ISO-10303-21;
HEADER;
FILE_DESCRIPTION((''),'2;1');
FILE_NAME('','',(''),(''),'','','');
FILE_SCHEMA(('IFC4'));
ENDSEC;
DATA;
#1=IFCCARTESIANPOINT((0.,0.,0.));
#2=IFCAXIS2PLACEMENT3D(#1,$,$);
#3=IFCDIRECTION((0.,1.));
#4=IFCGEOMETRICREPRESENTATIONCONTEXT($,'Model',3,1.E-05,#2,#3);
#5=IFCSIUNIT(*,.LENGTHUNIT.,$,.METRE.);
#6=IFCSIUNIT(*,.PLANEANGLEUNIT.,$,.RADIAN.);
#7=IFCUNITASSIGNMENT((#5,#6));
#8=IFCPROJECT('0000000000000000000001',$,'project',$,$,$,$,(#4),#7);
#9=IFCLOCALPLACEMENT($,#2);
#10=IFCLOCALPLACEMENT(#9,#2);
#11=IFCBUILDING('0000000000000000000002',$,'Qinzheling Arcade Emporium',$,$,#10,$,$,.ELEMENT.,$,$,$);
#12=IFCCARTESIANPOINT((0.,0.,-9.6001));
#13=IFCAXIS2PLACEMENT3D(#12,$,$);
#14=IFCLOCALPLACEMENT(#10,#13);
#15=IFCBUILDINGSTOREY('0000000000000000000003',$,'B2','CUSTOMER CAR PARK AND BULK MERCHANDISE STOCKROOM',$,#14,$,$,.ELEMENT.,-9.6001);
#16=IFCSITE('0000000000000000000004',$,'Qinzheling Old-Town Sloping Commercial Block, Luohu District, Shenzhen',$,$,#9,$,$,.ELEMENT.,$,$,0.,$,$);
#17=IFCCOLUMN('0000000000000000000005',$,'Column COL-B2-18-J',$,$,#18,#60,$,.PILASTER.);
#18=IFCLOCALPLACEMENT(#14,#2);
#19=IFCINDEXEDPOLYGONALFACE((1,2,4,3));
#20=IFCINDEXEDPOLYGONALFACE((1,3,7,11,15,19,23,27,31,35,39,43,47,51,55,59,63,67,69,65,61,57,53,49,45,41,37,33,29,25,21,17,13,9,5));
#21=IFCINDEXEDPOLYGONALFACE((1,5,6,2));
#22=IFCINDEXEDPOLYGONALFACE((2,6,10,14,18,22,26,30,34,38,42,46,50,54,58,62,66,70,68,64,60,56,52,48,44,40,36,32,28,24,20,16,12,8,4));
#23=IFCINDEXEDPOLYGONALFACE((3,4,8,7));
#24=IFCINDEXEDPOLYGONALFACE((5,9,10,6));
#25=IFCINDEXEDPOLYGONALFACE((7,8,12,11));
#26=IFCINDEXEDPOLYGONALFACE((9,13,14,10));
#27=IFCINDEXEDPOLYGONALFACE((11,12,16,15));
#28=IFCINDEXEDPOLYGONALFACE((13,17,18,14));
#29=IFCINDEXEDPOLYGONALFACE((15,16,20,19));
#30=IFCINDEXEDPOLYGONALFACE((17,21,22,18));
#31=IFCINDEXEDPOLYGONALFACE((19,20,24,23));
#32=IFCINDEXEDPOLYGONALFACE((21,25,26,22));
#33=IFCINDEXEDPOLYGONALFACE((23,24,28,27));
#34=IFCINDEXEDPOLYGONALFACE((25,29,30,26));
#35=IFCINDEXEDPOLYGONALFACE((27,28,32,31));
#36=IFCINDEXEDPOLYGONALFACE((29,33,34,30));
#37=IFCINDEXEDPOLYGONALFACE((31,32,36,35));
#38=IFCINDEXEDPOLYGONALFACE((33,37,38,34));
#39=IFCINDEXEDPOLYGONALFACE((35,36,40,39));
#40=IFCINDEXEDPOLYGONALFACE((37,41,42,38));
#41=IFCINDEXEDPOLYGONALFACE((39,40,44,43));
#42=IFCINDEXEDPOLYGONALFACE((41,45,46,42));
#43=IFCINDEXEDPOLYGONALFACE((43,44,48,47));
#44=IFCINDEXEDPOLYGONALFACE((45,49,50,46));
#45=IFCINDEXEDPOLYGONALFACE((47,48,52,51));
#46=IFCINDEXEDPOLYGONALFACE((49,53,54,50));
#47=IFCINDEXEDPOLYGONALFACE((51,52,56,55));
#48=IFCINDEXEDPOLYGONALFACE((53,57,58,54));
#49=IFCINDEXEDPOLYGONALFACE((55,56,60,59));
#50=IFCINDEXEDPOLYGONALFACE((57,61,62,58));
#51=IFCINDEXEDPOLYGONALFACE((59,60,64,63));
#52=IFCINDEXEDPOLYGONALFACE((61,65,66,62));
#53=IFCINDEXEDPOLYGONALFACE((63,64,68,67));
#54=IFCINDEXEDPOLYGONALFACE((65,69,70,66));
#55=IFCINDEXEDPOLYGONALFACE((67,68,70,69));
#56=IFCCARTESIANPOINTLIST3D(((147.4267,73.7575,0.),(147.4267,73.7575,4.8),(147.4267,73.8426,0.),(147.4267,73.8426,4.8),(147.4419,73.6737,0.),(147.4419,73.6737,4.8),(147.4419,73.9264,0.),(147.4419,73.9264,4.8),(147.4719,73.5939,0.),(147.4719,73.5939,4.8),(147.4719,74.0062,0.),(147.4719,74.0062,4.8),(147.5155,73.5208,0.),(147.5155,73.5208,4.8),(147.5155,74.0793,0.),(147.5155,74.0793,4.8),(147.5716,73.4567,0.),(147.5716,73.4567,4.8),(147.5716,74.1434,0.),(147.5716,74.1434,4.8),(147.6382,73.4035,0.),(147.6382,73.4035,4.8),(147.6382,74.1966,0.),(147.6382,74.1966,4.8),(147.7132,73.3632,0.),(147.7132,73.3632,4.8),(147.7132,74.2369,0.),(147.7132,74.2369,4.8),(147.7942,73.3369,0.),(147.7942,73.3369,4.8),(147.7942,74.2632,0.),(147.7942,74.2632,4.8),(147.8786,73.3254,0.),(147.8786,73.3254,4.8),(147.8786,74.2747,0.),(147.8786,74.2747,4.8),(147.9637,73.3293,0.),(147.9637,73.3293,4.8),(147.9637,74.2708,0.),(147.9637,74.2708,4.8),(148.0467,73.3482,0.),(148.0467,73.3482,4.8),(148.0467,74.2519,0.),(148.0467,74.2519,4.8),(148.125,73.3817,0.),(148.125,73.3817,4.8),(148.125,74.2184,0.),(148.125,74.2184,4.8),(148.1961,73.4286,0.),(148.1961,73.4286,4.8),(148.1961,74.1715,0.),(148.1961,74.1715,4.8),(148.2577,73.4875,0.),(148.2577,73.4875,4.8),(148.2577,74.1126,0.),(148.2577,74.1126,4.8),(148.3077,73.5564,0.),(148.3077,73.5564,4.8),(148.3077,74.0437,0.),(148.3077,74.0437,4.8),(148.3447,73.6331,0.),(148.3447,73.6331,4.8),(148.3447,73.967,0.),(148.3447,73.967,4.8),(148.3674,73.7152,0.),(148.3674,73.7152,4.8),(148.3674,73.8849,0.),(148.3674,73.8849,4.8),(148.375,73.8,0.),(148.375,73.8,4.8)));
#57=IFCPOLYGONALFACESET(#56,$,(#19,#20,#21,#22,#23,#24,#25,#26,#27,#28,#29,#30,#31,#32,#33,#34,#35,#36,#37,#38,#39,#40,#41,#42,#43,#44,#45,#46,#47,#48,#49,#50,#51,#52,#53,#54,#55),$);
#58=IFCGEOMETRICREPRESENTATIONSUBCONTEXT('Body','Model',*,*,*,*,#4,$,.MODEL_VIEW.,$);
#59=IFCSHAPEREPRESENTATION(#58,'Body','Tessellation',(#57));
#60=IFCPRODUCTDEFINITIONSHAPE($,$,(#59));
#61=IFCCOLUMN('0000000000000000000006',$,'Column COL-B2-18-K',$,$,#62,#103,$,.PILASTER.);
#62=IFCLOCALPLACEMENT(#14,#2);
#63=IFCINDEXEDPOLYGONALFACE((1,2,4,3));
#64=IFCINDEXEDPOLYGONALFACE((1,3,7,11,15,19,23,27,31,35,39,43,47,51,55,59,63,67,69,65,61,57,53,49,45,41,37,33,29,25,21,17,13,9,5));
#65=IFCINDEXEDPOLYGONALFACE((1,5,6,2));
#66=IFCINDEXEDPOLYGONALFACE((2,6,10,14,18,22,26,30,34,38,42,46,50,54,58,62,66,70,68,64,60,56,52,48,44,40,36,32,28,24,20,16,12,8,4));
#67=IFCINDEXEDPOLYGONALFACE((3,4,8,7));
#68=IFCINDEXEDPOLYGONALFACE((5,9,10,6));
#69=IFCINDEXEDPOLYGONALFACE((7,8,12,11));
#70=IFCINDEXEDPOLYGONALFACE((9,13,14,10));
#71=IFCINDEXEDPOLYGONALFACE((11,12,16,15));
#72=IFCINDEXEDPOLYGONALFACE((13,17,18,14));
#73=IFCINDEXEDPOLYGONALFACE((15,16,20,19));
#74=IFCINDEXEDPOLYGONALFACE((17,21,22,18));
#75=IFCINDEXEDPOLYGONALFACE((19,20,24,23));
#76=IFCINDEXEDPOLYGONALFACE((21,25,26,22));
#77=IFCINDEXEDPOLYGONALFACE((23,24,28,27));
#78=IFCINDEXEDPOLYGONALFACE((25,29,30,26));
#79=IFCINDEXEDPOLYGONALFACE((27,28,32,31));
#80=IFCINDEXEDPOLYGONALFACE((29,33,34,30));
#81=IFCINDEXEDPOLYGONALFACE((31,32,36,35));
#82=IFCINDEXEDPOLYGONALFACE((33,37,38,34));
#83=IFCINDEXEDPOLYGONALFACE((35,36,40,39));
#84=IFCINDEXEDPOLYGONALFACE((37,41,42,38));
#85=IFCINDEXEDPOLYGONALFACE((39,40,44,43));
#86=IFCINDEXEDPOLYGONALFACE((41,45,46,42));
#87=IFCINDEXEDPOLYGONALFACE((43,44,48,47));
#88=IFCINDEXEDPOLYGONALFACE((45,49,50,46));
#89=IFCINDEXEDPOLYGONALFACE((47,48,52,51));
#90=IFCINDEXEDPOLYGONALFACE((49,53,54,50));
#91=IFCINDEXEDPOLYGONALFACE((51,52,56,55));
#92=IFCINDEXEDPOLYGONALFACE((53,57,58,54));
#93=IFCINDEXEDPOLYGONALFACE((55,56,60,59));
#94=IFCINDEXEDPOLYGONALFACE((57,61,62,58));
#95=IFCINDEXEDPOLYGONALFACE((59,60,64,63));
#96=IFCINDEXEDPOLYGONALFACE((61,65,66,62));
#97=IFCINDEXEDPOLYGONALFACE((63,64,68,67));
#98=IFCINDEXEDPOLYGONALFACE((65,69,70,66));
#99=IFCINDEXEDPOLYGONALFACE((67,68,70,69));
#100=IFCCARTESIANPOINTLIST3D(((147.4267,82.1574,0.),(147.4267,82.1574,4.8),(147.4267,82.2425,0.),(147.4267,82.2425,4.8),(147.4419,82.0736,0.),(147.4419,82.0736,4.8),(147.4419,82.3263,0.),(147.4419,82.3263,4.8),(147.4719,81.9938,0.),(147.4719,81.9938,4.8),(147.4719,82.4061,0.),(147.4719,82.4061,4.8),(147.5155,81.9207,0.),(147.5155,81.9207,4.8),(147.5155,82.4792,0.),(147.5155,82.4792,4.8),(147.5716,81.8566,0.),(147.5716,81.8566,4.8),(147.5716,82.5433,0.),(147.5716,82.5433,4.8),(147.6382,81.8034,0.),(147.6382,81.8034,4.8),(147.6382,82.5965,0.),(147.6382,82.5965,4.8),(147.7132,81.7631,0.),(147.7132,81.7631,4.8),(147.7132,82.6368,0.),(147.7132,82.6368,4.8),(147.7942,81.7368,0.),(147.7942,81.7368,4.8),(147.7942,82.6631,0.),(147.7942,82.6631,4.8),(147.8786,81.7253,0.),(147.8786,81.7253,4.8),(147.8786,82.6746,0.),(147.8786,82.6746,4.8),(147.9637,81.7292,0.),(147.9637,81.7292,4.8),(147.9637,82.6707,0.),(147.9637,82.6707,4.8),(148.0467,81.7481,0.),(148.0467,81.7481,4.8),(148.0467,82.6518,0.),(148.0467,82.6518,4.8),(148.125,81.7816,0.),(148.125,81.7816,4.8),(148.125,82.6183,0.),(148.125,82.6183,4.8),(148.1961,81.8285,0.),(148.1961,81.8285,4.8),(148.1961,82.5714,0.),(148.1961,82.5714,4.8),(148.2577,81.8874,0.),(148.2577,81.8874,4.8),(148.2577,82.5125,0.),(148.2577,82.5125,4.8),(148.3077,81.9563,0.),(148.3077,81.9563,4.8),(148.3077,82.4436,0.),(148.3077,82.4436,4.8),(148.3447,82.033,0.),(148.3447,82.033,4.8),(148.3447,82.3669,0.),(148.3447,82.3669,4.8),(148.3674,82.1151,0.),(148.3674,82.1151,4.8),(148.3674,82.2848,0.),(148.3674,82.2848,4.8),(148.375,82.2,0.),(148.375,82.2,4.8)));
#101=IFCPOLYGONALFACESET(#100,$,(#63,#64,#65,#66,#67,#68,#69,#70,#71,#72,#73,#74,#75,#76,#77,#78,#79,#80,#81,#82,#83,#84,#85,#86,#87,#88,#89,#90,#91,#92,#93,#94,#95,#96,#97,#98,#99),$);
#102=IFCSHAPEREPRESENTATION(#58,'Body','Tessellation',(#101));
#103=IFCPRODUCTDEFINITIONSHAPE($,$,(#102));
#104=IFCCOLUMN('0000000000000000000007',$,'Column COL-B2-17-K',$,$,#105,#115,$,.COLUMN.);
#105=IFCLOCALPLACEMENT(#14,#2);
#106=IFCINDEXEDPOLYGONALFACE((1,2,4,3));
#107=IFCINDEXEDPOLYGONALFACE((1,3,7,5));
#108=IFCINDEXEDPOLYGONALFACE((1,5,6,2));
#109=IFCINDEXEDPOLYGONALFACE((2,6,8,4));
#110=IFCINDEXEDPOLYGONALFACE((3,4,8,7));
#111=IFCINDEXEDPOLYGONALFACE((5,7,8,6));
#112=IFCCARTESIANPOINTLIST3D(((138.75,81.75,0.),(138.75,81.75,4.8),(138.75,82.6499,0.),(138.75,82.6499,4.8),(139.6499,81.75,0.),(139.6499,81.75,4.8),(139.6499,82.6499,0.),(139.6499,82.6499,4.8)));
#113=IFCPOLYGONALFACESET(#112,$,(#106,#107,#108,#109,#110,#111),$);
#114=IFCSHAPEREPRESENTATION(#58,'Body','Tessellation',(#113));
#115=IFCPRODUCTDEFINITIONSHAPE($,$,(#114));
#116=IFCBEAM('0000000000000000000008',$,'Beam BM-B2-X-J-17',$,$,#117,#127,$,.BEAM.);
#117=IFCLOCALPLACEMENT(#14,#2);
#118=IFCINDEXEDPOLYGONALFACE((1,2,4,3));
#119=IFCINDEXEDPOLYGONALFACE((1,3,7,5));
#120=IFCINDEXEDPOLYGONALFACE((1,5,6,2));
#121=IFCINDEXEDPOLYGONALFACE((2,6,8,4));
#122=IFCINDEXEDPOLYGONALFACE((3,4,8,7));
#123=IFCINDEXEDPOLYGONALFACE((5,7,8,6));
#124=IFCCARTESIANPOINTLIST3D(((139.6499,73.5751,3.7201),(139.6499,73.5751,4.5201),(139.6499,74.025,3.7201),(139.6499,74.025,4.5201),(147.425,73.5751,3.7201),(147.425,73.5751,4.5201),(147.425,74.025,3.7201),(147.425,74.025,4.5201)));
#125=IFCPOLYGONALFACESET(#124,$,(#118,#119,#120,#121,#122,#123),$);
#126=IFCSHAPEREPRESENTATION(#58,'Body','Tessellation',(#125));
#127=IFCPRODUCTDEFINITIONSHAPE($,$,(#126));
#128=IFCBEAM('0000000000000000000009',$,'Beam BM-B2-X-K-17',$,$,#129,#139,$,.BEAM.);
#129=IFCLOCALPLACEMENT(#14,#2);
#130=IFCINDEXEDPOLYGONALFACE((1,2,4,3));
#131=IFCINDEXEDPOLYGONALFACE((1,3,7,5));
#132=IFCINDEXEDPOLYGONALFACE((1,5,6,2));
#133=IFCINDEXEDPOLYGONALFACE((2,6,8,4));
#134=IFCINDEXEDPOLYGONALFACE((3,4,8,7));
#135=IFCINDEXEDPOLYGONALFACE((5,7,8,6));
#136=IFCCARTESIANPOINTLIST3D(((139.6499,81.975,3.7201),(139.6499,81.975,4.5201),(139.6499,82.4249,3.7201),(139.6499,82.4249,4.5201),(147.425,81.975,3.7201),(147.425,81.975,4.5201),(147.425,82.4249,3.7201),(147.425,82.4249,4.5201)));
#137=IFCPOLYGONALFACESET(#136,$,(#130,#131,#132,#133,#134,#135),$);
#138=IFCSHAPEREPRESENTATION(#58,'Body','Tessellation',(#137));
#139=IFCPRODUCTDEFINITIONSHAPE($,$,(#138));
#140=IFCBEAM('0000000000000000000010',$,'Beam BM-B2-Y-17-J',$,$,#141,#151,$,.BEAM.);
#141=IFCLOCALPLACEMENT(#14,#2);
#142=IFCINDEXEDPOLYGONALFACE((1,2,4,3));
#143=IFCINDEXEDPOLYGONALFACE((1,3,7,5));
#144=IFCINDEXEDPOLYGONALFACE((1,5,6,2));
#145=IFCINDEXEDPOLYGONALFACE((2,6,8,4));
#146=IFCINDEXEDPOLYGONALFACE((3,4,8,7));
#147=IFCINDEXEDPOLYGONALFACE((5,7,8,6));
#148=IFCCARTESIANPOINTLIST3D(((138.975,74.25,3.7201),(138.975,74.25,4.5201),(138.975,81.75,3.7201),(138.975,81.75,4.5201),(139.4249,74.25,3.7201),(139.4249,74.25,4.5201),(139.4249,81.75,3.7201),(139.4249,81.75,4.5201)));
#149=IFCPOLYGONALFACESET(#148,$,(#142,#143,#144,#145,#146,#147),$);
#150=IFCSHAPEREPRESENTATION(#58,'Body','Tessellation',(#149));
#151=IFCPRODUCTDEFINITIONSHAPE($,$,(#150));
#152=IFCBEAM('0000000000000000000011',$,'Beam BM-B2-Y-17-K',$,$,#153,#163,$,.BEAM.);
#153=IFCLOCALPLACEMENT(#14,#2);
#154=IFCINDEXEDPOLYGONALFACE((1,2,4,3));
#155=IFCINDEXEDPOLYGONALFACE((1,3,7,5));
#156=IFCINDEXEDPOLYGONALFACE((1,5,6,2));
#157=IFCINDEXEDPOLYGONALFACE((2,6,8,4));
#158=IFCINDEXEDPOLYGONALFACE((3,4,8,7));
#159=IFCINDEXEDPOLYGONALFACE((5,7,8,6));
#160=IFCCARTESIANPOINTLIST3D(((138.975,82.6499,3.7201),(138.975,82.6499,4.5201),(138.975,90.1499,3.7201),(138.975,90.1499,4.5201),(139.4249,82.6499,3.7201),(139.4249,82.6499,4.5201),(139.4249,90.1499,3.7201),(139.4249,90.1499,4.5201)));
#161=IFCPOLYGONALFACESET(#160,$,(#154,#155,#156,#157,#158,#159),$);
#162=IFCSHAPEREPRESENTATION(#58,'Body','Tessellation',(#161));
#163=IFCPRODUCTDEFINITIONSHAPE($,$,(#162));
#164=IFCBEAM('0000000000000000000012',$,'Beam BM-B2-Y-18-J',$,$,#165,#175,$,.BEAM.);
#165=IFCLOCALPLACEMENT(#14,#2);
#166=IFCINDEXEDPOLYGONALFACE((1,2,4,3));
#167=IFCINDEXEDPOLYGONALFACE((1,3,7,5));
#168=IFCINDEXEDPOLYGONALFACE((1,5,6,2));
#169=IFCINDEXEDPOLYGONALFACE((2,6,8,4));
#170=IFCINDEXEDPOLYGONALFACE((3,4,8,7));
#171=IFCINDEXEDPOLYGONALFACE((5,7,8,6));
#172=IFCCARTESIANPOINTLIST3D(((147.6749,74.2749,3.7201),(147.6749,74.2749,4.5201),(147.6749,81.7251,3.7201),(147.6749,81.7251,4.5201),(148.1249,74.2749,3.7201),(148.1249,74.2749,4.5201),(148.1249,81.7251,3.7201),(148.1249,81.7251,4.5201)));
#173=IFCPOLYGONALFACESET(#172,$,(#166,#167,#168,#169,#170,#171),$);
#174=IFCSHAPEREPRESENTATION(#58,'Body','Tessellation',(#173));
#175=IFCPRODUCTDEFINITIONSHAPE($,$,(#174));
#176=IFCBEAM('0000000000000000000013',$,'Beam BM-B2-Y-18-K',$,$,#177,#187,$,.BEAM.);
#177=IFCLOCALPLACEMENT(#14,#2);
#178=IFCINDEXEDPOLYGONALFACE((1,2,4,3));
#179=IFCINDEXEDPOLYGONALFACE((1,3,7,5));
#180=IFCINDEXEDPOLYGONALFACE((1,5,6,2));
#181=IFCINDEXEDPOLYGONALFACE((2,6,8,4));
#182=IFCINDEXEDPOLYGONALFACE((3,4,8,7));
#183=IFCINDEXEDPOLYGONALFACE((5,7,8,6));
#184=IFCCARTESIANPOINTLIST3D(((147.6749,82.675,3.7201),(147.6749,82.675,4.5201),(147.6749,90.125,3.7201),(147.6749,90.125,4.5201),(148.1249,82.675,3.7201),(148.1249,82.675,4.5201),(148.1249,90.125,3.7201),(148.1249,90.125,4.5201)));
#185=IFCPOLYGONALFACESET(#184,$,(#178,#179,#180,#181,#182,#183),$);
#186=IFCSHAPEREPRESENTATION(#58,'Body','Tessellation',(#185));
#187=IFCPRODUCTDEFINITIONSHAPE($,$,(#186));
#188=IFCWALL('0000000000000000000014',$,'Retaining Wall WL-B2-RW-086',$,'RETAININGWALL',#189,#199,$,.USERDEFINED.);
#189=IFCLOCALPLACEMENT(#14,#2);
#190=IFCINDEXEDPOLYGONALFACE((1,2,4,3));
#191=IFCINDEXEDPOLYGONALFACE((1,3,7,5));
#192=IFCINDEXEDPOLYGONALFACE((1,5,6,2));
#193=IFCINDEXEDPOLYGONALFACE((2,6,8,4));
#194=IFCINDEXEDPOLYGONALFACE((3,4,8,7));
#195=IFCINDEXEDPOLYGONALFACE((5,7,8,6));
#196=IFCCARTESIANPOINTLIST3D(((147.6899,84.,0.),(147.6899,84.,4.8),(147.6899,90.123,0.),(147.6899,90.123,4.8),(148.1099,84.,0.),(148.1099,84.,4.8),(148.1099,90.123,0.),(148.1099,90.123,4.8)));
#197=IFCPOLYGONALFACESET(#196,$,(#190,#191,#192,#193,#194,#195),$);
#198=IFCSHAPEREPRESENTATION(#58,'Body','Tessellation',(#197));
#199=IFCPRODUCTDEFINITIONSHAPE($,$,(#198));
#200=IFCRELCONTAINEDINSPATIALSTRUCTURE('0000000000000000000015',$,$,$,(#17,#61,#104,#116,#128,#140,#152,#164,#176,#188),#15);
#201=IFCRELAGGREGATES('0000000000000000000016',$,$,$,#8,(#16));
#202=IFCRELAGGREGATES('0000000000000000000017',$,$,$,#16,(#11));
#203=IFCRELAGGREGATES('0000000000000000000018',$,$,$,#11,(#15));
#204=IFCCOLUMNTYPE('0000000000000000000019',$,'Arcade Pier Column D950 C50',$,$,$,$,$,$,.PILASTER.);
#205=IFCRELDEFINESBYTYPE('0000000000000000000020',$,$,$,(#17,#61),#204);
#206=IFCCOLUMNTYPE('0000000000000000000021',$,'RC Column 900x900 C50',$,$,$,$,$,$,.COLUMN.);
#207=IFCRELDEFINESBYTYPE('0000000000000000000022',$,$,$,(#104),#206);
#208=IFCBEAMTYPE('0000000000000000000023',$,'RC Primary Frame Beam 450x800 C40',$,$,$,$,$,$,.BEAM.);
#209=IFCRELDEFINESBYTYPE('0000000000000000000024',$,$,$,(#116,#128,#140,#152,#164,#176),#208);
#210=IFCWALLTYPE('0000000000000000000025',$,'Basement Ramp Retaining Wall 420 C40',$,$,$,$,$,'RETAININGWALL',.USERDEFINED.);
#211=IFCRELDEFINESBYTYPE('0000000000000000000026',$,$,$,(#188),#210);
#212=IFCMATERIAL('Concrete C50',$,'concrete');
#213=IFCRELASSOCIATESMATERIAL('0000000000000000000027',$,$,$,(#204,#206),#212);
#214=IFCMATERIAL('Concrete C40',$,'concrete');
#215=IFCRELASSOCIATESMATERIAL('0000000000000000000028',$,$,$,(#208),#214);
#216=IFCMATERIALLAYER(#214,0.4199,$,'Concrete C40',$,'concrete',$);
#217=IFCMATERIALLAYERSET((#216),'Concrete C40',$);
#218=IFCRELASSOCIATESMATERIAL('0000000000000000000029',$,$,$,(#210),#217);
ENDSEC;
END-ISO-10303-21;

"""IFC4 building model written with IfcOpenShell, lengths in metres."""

from ifc_helpers import new_model, si_unit, direction, frame, frame_2d, origin, origin_2d, place, context, subcontext, project, spatial, rectangle, circle, extrude, material, layer, layer_set, material_profile, profile_set, type_object, element, save


model = new_model("IFC4")

# Units and contexts
model_context = context("Model", 3, precision=1e-05, world=origin(), true_north=direction((0.0, 1.0)))
body_context = subcontext(model_context, "Body", "Model", "MODEL_VIEW")
ifc_project = project(units=[si_unit("LENGTHUNIT", "METRE"), si_unit("PLANEANGLEUNIT", "RADIAN")], contexts=[model_context])

# Site, building, storey
site_placement = place(None, origin())
site = spatial("IfcSite", under=ifc_project, at=site_placement, Name="Qinzheling Old-Town Sloping Commercial Block, Luohu District, Shenzhen", CompositionType="ELEMENT", RefElevation=0.0)
building_placement = place(site_placement, origin())
building = spatial("IfcBuilding", under=site, at=building_placement, Name="Qinzheling Arcade Emporium", CompositionType="ELEMENT")
storey_placement = place(building_placement, frame((0.0, 0.0, -9.6001)))
storey = spatial("IfcBuildingStorey", under=building, at=storey_placement, Name="B2", Description="CUSTOMER CAR PARK AND BULK MERCHANDISE STOCKROOM", CompositionType="ELEMENT", Elevation=-9.6001)

# Shared definitions
ifc_material_1 = material(Name="Concrete C40", Category="concrete")

# Columns
ifc_material_2 = material(Name="Concrete C50", Category="concrete")
ifc_material_profile_1 = material_profile(ifc_material_2, circle(Radius=0.4751, at=origin_2d()), Name="RC D950", Category="concrete")
ifc_profile_set_1 = profile_set([ifc_material_profile_1], Name="Concrete C50")
column_type_1 = type_object("IfcColumnType", Name="Arcade Pier Column D950 C50", PredefinedType="PILASTER", material=ifc_profile_set_1)
for number, where, z_axis, x_axis, name in (
    (1, (147.8999, 73.8, 0.0), (0.0, 0.0, 1.0), (1.0, 0.0, 0.0), "Column COL-B2-18-J"),
    (2, (147.8999, 82.2, 0.0), (0.0, 0.0, 1.0), (1.0, 0.0, 0.0), "Column COL-B2-18-K"),
):
    element("IfcColumn", number, at=place(storey_placement, frame(where, z_axis=z_axis, x_axis=x_axis)), inside=storey, type_object=column_type_1, Name=name, PredefinedType="PILASTER", context=body_context, shape_type="SweptSolid", body=[
        extrude(circle(Radius=0.4751, at=origin_2d()), origin(), (0.0, 0.0, 1.0), 4.8),
    ])
ifc_material_profile_2 = material_profile(ifc_material_2, rectangle(XDim=0.8999, YDim=0.8999, at=origin_2d()), Name="RC 900x900", Category="concrete")
ifc_profile_set_2 = profile_set([ifc_material_profile_2], Name="Concrete C50")
column_type_2 = type_object("IfcColumnType", Name="RC Column 900x900 C50", PredefinedType="COLUMN", material=ifc_profile_set_2)
column_placement = place(storey_placement, frame((139.2, 82.2, 0.0), z_axis=(0.0, 0.0, 1.0), x_axis=(1.0, 0.0, 0.0)))
element("IfcColumn", 3, at=column_placement, inside=storey, type_object=column_type_2, Name="Column COL-B2-17-K", PredefinedType="COLUMN", context=body_context, shape_type="SweptSolid", body=[
    extrude(rectangle(XDim=0.8999, YDim=0.8999, at=origin_2d()), origin(), (0.0, 0.0, 1.0), 4.8),
])

# Beams
ifc_material_profile_3 = material_profile(ifc_material_1, rectangle(XDim=0.45, YDim=0.8, at=origin_2d()), Name="RC 450x800", Category="concrete")
ifc_profile_set_3 = profile_set([ifc_material_profile_3], Name="Concrete C40")
beam_type = type_object("IfcBeamType", Name="RC Primary Frame Beam 450x800 C40", PredefinedType="BEAM", material=ifc_profile_set_3)
for number, where, z_axis, x_axis, name in (
    (4, (139.6499, 73.8, 4.1201), (1.0, 0.0, 0.0), (0.0, 1.0, 0.0), "Beam BM-B2-X-J-17"),
    (5, (139.6499, 82.2, 4.1201), (1.0, 0.0, 0.0), (0.0, 1.0, 0.0), "Beam BM-B2-X-K-17"),
):
    element("IfcBeam", number, at=place(storey_placement, frame(where, z_axis=z_axis, x_axis=x_axis)), inside=storey, type_object=beam_type, Name=name, PredefinedType="BEAM", context=body_context, shape_type="SweptSolid", body=[
        extrude(rectangle(XDim=0.45, YDim=0.8, at=origin_2d()), origin(), (0.0, 0.0, 1.0), 7.7751),
    ])
for number, where, z_axis, x_axis, name in (
    (6, (139.2, 74.25, 4.1201), (0.0, 1.0, 0.0), (-1.0, 0.0, 0.0), "Beam BM-B2-Y-17-J"),
    (7, (139.2, 82.6499, 4.1201), (0.0, 1.0, 0.0), (-1.0, 0.0, 0.0), "Beam BM-B2-Y-17-K"),
):
    element("IfcBeam", number, at=place(storey_placement, frame(where, z_axis=z_axis, x_axis=x_axis)), inside=storey, type_object=beam_type, Name=name, PredefinedType="BEAM", context=body_context, shape_type="SweptSolid", body=[
        extrude(rectangle(XDim=0.45, YDim=0.8, at=origin_2d()), origin(), (0.0, 0.0, 1.0), 7.5),
    ])
beam_1_placement = place(storey_placement, frame((147.8999, 74.2749, 4.1201), z_axis=(0.0, 1.0, 0.0), x_axis=(-1.0, 0.0, 0.0)))
element("IfcBeam", 8, at=beam_1_placement, inside=storey, type_object=beam_type, Name="Beam BM-B2-Y-18-J", PredefinedType="BEAM", context=body_context, shape_type="SweptSolid", body=[
    extrude(rectangle(XDim=0.45, YDim=0.8, at=origin_2d()), origin(), (0.0, 0.0, 1.0), 7.4502),
])
beam_2_placement = place(storey_placement, frame((147.8999, 82.675, 4.1201), z_axis=(0.0, 1.0, 0.0), x_axis=(-1.0, 0.0, 0.0)))
element("IfcBeam", 9, at=beam_2_placement, inside=storey, type_object=beam_type, Name="Beam BM-B2-Y-18-K", PredefinedType="BEAM", context=body_context, shape_type="SweptSolid", body=[
    extrude(rectangle(XDim=0.45, YDim=0.8, at=origin_2d()), origin(), (0.0, 0.0, 1.0), 7.45),
])

# Wall
ifc_layer_1 = layer(ifc_material_1, 0.4199, Name="Concrete C40", Category="concrete")
ifc_layer_set_1 = layer_set([ifc_layer_1], Name="Concrete C40")
wall_type_1 = type_object("IfcWallType", Name="Basement Ramp Retaining Wall 420 C40", ElementType="RETAININGWALL", PredefinedType="USERDEFINED", material=ifc_layer_set_1)
wall_1_placement = place(storey_placement, frame((147.8999, 90.123, 0.0), z_axis=(0.0, 0.0, 1.0), x_axis=(0.0, -1.0, 0.0)))
element("IfcWall", 10, at=wall_1_placement, inside=storey, type_object=wall_type_1, Name="Retaining Wall WL-B2-RW-086", ObjectType="RETAININGWALL", PredefinedType="USERDEFINED", context=body_context, shape_type="SweptSolid", body=[
    extrude(rectangle(XDim=6.123, YDim=0.4199, at=frame_2d((3.0615, 0.0))), origin(), (0.0, 0.0, 1.0), 4.8),
])

save(model, "model.ifc")
